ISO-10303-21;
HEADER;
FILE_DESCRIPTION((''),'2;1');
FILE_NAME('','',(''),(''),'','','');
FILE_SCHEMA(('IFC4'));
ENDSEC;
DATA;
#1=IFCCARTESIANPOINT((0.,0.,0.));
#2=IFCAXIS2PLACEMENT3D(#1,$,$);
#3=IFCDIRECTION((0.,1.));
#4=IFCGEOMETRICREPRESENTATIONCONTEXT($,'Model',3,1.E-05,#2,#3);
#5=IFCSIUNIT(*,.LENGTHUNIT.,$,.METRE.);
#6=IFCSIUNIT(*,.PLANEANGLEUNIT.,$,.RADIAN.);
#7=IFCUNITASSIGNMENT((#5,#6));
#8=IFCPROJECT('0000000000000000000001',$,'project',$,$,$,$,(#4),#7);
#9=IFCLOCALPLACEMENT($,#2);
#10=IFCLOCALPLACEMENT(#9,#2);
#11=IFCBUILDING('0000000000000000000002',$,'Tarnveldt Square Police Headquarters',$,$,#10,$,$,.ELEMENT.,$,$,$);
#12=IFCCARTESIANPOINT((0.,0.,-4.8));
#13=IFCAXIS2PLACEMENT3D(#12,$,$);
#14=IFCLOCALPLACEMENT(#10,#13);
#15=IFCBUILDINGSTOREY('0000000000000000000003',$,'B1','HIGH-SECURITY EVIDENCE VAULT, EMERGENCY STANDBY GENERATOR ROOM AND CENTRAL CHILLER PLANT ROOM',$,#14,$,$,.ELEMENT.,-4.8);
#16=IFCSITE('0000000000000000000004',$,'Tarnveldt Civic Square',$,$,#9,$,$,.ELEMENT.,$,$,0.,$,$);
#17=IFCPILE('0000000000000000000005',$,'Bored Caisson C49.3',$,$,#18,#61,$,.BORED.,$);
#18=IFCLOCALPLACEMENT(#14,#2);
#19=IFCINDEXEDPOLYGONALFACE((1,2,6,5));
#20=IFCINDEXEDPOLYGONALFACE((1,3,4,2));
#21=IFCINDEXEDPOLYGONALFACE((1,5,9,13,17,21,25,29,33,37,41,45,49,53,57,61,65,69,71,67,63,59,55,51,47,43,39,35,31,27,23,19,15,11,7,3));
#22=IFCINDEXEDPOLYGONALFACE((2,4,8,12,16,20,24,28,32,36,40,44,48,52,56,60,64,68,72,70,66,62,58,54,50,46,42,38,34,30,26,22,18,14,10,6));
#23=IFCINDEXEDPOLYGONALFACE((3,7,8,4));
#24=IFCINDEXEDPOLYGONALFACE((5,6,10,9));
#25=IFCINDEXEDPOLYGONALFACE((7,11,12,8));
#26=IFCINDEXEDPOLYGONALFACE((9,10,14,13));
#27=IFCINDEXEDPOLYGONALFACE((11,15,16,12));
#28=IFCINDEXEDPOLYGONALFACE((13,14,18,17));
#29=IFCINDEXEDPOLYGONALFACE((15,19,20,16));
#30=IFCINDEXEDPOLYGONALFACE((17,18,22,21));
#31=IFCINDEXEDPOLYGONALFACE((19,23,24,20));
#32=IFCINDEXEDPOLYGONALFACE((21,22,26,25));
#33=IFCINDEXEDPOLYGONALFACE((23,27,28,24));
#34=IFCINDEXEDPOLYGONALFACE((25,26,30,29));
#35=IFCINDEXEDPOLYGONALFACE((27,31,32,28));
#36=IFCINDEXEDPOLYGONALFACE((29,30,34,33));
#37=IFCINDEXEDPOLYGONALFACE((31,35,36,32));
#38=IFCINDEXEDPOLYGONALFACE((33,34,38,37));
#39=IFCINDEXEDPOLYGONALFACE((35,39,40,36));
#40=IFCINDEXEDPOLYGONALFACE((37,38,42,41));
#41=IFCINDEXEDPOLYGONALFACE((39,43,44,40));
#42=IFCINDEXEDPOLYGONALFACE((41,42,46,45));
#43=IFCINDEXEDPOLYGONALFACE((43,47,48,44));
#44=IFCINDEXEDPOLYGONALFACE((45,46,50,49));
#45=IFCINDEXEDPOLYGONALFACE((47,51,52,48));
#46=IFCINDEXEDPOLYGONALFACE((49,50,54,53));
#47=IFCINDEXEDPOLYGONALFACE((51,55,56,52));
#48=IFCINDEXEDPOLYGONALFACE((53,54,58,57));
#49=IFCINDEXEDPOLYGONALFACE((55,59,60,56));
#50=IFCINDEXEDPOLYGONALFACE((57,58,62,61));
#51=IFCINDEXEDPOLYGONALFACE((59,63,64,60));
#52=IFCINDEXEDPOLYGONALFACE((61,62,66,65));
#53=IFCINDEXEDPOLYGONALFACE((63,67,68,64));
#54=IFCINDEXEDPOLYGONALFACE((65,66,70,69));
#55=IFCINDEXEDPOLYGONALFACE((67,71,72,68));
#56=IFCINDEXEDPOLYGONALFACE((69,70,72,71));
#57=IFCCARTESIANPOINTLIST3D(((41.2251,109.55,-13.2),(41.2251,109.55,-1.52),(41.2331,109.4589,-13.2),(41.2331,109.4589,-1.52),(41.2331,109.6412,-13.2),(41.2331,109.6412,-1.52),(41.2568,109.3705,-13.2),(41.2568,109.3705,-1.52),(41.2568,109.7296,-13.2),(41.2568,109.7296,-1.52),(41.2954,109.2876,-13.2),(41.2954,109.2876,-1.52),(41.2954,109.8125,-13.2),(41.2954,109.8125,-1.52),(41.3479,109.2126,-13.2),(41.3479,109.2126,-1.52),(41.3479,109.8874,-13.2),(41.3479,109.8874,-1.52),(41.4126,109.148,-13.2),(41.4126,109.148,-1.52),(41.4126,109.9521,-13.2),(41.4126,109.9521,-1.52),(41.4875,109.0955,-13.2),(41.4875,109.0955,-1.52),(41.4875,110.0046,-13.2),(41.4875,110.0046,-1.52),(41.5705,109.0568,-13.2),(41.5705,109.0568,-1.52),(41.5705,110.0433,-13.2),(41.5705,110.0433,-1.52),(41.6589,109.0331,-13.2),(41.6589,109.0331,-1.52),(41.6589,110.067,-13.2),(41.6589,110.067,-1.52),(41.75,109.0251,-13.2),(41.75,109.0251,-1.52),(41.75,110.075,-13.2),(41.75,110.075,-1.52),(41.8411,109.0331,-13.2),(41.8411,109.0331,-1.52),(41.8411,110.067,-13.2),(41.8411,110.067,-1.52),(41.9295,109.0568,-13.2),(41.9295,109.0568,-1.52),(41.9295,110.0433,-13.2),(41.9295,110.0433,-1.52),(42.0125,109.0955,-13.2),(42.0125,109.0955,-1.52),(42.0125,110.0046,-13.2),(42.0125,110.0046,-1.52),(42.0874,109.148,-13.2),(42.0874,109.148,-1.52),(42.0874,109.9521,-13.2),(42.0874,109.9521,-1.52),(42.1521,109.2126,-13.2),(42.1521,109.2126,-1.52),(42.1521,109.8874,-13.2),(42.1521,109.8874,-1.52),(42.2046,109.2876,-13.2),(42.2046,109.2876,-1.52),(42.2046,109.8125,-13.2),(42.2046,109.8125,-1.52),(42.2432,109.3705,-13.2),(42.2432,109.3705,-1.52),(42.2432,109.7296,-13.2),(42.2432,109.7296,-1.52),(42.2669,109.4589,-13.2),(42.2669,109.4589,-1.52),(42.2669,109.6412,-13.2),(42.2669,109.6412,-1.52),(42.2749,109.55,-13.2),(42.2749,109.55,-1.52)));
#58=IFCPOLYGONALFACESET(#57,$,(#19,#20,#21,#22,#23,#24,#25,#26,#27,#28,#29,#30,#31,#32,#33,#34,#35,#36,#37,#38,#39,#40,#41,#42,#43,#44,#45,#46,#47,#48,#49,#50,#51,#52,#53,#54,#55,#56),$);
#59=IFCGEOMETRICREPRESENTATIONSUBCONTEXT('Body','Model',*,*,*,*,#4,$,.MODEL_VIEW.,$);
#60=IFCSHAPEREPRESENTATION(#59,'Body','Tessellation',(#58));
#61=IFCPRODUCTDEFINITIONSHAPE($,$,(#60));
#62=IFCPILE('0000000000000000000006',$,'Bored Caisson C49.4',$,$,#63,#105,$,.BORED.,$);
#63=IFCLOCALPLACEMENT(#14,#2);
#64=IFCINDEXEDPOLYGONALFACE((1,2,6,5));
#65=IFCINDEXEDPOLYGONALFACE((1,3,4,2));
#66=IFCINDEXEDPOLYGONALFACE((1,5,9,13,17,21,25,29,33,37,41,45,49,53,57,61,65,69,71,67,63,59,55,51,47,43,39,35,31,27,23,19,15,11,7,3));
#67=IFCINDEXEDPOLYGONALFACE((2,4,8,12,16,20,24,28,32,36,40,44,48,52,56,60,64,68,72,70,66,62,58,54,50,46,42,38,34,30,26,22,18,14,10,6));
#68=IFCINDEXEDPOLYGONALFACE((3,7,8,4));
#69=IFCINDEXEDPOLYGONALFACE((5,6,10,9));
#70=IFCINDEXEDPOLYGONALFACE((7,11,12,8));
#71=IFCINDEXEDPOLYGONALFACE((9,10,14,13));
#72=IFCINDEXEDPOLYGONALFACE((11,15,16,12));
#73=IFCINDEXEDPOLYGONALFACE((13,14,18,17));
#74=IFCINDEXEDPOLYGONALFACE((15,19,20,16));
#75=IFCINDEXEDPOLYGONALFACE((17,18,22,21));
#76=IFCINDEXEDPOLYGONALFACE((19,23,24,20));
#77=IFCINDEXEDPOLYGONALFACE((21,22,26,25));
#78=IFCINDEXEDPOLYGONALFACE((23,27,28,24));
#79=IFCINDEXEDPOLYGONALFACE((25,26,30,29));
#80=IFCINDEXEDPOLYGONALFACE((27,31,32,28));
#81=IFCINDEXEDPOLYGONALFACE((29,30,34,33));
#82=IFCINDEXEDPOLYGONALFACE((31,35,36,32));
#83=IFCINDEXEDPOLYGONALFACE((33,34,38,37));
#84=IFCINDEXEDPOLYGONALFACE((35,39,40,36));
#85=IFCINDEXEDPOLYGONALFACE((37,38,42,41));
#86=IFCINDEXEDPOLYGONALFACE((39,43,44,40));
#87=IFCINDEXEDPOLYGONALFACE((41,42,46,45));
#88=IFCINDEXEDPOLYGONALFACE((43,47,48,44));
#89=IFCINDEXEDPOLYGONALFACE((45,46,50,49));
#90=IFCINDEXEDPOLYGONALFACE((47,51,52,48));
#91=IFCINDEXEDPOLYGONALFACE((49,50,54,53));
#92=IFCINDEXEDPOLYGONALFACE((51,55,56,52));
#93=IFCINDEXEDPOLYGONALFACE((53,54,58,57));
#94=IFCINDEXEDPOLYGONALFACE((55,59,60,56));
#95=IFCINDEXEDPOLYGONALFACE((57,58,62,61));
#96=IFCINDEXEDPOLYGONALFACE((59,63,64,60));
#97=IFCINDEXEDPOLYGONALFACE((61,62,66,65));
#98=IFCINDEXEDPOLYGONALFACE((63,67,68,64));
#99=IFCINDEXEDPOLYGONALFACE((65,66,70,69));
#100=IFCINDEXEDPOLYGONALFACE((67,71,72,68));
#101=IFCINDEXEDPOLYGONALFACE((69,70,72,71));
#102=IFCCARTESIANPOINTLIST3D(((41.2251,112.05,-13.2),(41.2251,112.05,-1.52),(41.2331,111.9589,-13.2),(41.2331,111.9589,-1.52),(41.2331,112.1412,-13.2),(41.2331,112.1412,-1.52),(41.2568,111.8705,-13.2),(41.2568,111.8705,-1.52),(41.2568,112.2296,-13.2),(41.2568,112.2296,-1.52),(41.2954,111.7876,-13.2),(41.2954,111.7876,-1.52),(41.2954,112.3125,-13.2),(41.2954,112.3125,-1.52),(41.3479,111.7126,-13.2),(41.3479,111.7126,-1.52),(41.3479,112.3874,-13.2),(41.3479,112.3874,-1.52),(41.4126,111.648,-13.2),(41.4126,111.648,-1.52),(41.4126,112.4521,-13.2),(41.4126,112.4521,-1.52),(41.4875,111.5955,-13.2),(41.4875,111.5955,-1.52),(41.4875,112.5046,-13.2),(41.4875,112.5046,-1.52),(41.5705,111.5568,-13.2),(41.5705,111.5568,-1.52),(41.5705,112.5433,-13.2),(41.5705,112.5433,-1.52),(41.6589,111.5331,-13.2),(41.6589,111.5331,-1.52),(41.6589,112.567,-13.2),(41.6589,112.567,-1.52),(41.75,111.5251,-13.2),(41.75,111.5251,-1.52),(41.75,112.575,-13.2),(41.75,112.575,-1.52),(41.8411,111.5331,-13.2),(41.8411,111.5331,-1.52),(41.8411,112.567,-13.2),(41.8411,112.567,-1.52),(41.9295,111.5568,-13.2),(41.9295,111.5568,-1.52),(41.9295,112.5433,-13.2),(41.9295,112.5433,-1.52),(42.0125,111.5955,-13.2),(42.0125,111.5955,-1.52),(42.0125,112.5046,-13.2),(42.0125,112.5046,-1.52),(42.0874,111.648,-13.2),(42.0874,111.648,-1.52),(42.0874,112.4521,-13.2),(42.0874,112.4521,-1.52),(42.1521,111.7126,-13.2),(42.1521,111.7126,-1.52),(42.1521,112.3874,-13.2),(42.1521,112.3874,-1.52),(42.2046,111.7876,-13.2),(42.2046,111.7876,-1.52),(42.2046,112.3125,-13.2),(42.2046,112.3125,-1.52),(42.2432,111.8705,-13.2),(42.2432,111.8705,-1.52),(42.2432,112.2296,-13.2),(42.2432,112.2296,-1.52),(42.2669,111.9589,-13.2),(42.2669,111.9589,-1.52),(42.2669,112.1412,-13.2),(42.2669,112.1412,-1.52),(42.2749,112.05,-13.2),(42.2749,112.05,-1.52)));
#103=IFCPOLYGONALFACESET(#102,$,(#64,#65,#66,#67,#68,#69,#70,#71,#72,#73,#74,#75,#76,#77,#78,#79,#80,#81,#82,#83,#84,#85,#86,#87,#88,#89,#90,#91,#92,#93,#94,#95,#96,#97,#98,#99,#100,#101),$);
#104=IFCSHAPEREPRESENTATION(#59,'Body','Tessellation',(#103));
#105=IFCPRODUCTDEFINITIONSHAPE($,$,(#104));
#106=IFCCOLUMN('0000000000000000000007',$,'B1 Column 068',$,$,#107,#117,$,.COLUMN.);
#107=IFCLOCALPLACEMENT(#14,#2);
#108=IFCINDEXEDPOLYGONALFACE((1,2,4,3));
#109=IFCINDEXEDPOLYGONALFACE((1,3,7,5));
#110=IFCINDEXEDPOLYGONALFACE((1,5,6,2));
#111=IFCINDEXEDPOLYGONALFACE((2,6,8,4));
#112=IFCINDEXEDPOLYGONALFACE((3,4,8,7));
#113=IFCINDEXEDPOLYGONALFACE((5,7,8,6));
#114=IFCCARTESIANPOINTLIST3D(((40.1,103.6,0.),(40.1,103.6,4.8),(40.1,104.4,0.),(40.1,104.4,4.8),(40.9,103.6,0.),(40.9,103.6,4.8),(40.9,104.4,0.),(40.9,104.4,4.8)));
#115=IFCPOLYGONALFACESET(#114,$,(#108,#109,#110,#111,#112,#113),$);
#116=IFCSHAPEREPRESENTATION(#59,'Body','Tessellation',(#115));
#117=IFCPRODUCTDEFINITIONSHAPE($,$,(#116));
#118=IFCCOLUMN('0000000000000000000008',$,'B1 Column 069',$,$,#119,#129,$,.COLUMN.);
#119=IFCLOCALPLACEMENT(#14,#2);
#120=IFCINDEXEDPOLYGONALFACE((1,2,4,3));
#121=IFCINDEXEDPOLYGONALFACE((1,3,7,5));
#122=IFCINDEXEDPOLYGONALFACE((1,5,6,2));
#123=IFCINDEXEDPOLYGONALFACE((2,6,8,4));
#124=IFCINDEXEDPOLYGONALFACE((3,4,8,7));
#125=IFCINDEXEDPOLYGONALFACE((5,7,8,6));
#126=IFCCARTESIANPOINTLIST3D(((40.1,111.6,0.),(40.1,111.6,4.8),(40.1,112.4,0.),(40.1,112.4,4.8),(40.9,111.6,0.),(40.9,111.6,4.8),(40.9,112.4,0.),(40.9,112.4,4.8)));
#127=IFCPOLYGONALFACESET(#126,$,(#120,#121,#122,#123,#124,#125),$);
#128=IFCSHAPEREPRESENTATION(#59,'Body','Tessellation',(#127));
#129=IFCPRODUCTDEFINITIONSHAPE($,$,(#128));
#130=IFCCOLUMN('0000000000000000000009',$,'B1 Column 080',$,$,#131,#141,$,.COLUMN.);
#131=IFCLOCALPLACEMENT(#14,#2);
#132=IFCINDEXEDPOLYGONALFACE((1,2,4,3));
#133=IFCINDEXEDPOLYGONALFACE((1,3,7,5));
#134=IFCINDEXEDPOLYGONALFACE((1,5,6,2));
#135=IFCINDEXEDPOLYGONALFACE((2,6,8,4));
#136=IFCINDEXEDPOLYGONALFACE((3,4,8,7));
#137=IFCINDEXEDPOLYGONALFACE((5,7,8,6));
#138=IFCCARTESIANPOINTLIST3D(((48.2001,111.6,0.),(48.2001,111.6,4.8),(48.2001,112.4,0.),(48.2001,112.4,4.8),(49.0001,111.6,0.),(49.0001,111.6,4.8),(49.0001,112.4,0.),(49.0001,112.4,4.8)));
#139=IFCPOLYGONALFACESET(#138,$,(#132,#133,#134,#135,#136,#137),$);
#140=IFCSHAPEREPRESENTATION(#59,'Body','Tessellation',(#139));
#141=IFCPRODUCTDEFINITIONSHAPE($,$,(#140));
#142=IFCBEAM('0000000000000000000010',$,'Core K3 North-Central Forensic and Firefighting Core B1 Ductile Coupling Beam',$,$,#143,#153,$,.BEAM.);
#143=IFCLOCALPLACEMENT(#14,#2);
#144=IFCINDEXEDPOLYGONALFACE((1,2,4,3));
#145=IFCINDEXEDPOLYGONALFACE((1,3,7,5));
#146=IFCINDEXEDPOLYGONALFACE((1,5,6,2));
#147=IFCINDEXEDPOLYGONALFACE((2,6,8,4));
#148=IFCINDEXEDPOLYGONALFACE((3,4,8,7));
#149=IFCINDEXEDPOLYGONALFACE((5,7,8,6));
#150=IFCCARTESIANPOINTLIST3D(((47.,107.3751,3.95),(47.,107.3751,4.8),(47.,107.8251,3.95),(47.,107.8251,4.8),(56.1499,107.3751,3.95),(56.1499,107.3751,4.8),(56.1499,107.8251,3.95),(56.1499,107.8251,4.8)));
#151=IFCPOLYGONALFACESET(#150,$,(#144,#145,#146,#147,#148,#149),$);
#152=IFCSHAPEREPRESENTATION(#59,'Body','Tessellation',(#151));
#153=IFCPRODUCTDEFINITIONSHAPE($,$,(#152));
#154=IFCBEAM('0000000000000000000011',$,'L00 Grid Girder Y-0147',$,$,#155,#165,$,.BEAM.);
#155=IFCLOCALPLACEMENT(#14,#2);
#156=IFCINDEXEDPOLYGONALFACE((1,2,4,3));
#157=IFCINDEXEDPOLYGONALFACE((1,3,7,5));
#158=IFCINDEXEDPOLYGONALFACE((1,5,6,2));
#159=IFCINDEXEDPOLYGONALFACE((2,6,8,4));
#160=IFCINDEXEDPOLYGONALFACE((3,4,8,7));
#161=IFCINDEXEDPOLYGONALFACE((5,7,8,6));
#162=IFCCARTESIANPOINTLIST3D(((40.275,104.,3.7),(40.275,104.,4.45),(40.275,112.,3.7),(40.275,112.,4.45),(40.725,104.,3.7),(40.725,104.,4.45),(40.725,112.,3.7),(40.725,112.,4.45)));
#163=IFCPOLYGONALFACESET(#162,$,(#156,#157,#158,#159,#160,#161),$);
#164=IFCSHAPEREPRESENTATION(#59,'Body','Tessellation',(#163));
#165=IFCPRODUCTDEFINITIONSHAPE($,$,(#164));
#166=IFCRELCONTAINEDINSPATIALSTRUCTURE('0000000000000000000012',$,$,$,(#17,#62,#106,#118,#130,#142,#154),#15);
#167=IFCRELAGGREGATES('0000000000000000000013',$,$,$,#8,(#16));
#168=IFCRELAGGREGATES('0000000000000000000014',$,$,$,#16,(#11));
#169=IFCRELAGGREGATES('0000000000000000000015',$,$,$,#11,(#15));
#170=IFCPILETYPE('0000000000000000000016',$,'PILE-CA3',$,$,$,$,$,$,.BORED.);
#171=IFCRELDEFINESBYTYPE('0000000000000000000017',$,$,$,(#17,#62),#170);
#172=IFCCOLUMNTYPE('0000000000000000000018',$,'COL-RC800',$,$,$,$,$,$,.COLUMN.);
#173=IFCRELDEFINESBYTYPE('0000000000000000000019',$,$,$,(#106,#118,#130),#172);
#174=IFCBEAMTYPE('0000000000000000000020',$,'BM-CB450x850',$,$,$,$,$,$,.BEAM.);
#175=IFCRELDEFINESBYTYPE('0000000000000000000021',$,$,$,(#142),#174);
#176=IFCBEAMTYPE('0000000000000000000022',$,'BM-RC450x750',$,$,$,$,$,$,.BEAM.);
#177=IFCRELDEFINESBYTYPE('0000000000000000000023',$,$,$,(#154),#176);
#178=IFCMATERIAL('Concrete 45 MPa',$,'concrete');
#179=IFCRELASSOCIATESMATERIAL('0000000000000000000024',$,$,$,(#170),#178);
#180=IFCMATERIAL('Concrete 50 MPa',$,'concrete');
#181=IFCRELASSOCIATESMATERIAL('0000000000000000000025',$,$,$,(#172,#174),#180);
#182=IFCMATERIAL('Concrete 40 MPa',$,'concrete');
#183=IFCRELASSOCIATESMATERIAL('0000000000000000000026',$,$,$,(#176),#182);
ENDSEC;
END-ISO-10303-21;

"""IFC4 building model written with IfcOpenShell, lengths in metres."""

from ifc_helpers import new_model, si_unit, direction, frame, origin, origin_2d, place, context, subcontext, project, spatial, rectangle, circle, extrude, material, material_profile, profile_set, type_object, element, save


model = new_model("IFC4")

# Units and contexts
model_context = context("Model", 3, precision=1e-05, world=origin(), true_north=direction((0.0, 1.0)))
body_context = subcontext(model_context, "Body", "Model", "MODEL_VIEW")
ifc_project = project(units=[si_unit("LENGTHUNIT", "METRE"), si_unit("PLANEANGLEUNIT", "RADIAN")], contexts=[model_context])

# Site, building, storey
site_placement = place(None, origin())
site = spatial("IfcSite", under=ifc_project, at=site_placement, Name="Tarnveldt Civic Square", CompositionType="ELEMENT", RefElevation=0.0)
building_placement = place(site_placement, origin())
building = spatial("IfcBuilding", under=site, at=building_placement, Name="Tarnveldt Square Police Headquarters", CompositionType="ELEMENT")
storey_placement = place(building_placement, frame((0.0, 0.0, -4.8)))
storey = spatial("IfcBuildingStorey", under=building, at=storey_placement, Name="B1", Description="HIGH-SECURITY EVIDENCE VAULT, EMERGENCY STANDBY GENERATOR ROOM AND CENTRAL CHILLER PLANT ROOM", CompositionType="ELEMENT", Elevation=-4.8)

# Shared definitions
ifc_material_1 = material(Name="Concrete 45 MPa", Category="concrete")

# Piles
ifc_material_profile_1 = material_profile(ifc_material_1, circle(Radius=0.5249, at=origin_2d()), Name="CAISSON-D1050")
ifc_profile_set_1 = profile_set([ifc_material_profile_1], Name="Concrete 45 MPa")
pile_type_1 = type_object("IfcPileType", Name="PILE-CA3", PredefinedType="BORED", material=ifc_profile_set_1)
for number, where, z_axis, x_axis, name in (
    (1, (41.75, 109.55, -1.52), (0.0, 0.0, -1.0), (1.0, 0.0, 0.0), "Bored Caisson C49.3"),
    (2, (41.75, 112.05, -1.52), (0.0, 0.0, -1.0), (1.0, 0.0, 0.0), "Bored Caisson C49.4"),
):
    element("IfcPile", number, at=place(storey_placement, frame(where, z_axis=z_axis, x_axis=x_axis)), inside=storey, type_object=pile_type_1, Name=name, PredefinedType="BORED", context=body_context, shape_type="SweptSolid", body=[
        extrude(circle(Radius=0.5249, at=origin_2d()), origin(), (0.0, 0.0, 1.0), 11.6799),
    ])

# Columns
ifc_material_2 = material(Name="Concrete 50 MPa", Category="concrete")
ifc_material_profile_2 = material_profile(ifc_material_2, rectangle(XDim=0.8, YDim=0.8, at=origin_2d()), Name="RC-C800x800")
ifc_profile_set_2 = profile_set([ifc_material_profile_2], Name="Concrete 50 MPa")
column_type = type_object("IfcColumnType", Name="COL-RC800", PredefinedType="COLUMN", material=ifc_profile_set_2)
for number, where, z_axis, x_axis, name in (
    (3, (40.5, 104.0, 0.0), (0.0, 0.0, 1.0), (1.0, 0.0, 0.0), "B1 Column 068"),
    (4, (40.5, 112.0, 0.0), (0.0, 0.0, 1.0), (1.0, 0.0, 0.0), "B1 Column 069"),
    (5, (48.6001, 112.0, 0.0), (0.0, 0.0, 1.0), (1.0, 0.0, 0.0), "B1 Column 080"),
):
    element("IfcColumn", number, at=place(storey_placement, frame(where, z_axis=z_axis, x_axis=x_axis)), inside=storey, type_object=column_type, Name=name, PredefinedType="COLUMN", context=body_context, shape_type="SweptSolid", body=[
        extrude(rectangle(XDim=0.8, YDim=0.8, at=origin_2d()), origin(), (0.0, 0.0, 1.0), 4.8),
    ])

# Beams
ifc_material_profile_3 = material_profile(ifc_material_2, rectangle(XDim=0.45, YDim=0.8501, at=origin_2d()), Name="RC-CB450x850")
ifc_profile_set_3 = profile_set([ifc_material_profile_3], Name="Concrete 50 MPa")
beam_type_1 = type_object("IfcBeamType", Name="BM-CB450x850", PredefinedType="BEAM", material=ifc_profile_set_3)
beam_1_placement = place(storey_placement, frame((47.0, 107.6001, 4.375), z_axis=(1.0, 0.0, 0.0), x_axis=(0.0, 1.0, 0.0)))
element("IfcBeam", 6, at=beam_1_placement, inside=storey, type_object=beam_type_1, Name="Core K3 North-Central Forensic and Firefighting Core B1 Ductile Coupling Beam", PredefinedType="BEAM", context=body_context, shape_type="SweptSolid", body=[
    extrude(rectangle(XDim=0.45, YDim=0.8501, at=origin_2d()), origin(), (0.0, 0.0, 1.0), 9.1499),
])
ifc_material_3 = material(Name="Concrete 40 MPa", Category="concrete")
ifc_material_profile_4 = material_profile(ifc_material_3, rectangle(XDim=0.45, YDim=0.75, at=origin_2d()), Name="RC-B450x750")
ifc_profile_set_4 = profile_set([ifc_material_profile_4], Name="Concrete 40 MPa")
beam_type_2 = type_object("IfcBeamType", Name="BM-RC450x750", PredefinedType="BEAM", material=ifc_profile_set_4)
beam_2_placement = place(storey_placement, frame((40.5, 104.0, 4.075), z_axis=(0.0, 1.0, 0.0), x_axis=(-1.0, 0.0, 0.0)))
element("IfcBeam", 7, at=beam_2_placement, inside=storey, type_object=beam_type_2, Name="L00 Grid Girder Y-0147", PredefinedType="BEAM", context=body_context, shape_type="SweptSolid", body=[
    extrude(rectangle(XDim=0.45, YDim=0.75, at=origin_2d()), origin(), (0.0, 0.0, 1.0), 8.0),
])

save(model, "model.ifc")
